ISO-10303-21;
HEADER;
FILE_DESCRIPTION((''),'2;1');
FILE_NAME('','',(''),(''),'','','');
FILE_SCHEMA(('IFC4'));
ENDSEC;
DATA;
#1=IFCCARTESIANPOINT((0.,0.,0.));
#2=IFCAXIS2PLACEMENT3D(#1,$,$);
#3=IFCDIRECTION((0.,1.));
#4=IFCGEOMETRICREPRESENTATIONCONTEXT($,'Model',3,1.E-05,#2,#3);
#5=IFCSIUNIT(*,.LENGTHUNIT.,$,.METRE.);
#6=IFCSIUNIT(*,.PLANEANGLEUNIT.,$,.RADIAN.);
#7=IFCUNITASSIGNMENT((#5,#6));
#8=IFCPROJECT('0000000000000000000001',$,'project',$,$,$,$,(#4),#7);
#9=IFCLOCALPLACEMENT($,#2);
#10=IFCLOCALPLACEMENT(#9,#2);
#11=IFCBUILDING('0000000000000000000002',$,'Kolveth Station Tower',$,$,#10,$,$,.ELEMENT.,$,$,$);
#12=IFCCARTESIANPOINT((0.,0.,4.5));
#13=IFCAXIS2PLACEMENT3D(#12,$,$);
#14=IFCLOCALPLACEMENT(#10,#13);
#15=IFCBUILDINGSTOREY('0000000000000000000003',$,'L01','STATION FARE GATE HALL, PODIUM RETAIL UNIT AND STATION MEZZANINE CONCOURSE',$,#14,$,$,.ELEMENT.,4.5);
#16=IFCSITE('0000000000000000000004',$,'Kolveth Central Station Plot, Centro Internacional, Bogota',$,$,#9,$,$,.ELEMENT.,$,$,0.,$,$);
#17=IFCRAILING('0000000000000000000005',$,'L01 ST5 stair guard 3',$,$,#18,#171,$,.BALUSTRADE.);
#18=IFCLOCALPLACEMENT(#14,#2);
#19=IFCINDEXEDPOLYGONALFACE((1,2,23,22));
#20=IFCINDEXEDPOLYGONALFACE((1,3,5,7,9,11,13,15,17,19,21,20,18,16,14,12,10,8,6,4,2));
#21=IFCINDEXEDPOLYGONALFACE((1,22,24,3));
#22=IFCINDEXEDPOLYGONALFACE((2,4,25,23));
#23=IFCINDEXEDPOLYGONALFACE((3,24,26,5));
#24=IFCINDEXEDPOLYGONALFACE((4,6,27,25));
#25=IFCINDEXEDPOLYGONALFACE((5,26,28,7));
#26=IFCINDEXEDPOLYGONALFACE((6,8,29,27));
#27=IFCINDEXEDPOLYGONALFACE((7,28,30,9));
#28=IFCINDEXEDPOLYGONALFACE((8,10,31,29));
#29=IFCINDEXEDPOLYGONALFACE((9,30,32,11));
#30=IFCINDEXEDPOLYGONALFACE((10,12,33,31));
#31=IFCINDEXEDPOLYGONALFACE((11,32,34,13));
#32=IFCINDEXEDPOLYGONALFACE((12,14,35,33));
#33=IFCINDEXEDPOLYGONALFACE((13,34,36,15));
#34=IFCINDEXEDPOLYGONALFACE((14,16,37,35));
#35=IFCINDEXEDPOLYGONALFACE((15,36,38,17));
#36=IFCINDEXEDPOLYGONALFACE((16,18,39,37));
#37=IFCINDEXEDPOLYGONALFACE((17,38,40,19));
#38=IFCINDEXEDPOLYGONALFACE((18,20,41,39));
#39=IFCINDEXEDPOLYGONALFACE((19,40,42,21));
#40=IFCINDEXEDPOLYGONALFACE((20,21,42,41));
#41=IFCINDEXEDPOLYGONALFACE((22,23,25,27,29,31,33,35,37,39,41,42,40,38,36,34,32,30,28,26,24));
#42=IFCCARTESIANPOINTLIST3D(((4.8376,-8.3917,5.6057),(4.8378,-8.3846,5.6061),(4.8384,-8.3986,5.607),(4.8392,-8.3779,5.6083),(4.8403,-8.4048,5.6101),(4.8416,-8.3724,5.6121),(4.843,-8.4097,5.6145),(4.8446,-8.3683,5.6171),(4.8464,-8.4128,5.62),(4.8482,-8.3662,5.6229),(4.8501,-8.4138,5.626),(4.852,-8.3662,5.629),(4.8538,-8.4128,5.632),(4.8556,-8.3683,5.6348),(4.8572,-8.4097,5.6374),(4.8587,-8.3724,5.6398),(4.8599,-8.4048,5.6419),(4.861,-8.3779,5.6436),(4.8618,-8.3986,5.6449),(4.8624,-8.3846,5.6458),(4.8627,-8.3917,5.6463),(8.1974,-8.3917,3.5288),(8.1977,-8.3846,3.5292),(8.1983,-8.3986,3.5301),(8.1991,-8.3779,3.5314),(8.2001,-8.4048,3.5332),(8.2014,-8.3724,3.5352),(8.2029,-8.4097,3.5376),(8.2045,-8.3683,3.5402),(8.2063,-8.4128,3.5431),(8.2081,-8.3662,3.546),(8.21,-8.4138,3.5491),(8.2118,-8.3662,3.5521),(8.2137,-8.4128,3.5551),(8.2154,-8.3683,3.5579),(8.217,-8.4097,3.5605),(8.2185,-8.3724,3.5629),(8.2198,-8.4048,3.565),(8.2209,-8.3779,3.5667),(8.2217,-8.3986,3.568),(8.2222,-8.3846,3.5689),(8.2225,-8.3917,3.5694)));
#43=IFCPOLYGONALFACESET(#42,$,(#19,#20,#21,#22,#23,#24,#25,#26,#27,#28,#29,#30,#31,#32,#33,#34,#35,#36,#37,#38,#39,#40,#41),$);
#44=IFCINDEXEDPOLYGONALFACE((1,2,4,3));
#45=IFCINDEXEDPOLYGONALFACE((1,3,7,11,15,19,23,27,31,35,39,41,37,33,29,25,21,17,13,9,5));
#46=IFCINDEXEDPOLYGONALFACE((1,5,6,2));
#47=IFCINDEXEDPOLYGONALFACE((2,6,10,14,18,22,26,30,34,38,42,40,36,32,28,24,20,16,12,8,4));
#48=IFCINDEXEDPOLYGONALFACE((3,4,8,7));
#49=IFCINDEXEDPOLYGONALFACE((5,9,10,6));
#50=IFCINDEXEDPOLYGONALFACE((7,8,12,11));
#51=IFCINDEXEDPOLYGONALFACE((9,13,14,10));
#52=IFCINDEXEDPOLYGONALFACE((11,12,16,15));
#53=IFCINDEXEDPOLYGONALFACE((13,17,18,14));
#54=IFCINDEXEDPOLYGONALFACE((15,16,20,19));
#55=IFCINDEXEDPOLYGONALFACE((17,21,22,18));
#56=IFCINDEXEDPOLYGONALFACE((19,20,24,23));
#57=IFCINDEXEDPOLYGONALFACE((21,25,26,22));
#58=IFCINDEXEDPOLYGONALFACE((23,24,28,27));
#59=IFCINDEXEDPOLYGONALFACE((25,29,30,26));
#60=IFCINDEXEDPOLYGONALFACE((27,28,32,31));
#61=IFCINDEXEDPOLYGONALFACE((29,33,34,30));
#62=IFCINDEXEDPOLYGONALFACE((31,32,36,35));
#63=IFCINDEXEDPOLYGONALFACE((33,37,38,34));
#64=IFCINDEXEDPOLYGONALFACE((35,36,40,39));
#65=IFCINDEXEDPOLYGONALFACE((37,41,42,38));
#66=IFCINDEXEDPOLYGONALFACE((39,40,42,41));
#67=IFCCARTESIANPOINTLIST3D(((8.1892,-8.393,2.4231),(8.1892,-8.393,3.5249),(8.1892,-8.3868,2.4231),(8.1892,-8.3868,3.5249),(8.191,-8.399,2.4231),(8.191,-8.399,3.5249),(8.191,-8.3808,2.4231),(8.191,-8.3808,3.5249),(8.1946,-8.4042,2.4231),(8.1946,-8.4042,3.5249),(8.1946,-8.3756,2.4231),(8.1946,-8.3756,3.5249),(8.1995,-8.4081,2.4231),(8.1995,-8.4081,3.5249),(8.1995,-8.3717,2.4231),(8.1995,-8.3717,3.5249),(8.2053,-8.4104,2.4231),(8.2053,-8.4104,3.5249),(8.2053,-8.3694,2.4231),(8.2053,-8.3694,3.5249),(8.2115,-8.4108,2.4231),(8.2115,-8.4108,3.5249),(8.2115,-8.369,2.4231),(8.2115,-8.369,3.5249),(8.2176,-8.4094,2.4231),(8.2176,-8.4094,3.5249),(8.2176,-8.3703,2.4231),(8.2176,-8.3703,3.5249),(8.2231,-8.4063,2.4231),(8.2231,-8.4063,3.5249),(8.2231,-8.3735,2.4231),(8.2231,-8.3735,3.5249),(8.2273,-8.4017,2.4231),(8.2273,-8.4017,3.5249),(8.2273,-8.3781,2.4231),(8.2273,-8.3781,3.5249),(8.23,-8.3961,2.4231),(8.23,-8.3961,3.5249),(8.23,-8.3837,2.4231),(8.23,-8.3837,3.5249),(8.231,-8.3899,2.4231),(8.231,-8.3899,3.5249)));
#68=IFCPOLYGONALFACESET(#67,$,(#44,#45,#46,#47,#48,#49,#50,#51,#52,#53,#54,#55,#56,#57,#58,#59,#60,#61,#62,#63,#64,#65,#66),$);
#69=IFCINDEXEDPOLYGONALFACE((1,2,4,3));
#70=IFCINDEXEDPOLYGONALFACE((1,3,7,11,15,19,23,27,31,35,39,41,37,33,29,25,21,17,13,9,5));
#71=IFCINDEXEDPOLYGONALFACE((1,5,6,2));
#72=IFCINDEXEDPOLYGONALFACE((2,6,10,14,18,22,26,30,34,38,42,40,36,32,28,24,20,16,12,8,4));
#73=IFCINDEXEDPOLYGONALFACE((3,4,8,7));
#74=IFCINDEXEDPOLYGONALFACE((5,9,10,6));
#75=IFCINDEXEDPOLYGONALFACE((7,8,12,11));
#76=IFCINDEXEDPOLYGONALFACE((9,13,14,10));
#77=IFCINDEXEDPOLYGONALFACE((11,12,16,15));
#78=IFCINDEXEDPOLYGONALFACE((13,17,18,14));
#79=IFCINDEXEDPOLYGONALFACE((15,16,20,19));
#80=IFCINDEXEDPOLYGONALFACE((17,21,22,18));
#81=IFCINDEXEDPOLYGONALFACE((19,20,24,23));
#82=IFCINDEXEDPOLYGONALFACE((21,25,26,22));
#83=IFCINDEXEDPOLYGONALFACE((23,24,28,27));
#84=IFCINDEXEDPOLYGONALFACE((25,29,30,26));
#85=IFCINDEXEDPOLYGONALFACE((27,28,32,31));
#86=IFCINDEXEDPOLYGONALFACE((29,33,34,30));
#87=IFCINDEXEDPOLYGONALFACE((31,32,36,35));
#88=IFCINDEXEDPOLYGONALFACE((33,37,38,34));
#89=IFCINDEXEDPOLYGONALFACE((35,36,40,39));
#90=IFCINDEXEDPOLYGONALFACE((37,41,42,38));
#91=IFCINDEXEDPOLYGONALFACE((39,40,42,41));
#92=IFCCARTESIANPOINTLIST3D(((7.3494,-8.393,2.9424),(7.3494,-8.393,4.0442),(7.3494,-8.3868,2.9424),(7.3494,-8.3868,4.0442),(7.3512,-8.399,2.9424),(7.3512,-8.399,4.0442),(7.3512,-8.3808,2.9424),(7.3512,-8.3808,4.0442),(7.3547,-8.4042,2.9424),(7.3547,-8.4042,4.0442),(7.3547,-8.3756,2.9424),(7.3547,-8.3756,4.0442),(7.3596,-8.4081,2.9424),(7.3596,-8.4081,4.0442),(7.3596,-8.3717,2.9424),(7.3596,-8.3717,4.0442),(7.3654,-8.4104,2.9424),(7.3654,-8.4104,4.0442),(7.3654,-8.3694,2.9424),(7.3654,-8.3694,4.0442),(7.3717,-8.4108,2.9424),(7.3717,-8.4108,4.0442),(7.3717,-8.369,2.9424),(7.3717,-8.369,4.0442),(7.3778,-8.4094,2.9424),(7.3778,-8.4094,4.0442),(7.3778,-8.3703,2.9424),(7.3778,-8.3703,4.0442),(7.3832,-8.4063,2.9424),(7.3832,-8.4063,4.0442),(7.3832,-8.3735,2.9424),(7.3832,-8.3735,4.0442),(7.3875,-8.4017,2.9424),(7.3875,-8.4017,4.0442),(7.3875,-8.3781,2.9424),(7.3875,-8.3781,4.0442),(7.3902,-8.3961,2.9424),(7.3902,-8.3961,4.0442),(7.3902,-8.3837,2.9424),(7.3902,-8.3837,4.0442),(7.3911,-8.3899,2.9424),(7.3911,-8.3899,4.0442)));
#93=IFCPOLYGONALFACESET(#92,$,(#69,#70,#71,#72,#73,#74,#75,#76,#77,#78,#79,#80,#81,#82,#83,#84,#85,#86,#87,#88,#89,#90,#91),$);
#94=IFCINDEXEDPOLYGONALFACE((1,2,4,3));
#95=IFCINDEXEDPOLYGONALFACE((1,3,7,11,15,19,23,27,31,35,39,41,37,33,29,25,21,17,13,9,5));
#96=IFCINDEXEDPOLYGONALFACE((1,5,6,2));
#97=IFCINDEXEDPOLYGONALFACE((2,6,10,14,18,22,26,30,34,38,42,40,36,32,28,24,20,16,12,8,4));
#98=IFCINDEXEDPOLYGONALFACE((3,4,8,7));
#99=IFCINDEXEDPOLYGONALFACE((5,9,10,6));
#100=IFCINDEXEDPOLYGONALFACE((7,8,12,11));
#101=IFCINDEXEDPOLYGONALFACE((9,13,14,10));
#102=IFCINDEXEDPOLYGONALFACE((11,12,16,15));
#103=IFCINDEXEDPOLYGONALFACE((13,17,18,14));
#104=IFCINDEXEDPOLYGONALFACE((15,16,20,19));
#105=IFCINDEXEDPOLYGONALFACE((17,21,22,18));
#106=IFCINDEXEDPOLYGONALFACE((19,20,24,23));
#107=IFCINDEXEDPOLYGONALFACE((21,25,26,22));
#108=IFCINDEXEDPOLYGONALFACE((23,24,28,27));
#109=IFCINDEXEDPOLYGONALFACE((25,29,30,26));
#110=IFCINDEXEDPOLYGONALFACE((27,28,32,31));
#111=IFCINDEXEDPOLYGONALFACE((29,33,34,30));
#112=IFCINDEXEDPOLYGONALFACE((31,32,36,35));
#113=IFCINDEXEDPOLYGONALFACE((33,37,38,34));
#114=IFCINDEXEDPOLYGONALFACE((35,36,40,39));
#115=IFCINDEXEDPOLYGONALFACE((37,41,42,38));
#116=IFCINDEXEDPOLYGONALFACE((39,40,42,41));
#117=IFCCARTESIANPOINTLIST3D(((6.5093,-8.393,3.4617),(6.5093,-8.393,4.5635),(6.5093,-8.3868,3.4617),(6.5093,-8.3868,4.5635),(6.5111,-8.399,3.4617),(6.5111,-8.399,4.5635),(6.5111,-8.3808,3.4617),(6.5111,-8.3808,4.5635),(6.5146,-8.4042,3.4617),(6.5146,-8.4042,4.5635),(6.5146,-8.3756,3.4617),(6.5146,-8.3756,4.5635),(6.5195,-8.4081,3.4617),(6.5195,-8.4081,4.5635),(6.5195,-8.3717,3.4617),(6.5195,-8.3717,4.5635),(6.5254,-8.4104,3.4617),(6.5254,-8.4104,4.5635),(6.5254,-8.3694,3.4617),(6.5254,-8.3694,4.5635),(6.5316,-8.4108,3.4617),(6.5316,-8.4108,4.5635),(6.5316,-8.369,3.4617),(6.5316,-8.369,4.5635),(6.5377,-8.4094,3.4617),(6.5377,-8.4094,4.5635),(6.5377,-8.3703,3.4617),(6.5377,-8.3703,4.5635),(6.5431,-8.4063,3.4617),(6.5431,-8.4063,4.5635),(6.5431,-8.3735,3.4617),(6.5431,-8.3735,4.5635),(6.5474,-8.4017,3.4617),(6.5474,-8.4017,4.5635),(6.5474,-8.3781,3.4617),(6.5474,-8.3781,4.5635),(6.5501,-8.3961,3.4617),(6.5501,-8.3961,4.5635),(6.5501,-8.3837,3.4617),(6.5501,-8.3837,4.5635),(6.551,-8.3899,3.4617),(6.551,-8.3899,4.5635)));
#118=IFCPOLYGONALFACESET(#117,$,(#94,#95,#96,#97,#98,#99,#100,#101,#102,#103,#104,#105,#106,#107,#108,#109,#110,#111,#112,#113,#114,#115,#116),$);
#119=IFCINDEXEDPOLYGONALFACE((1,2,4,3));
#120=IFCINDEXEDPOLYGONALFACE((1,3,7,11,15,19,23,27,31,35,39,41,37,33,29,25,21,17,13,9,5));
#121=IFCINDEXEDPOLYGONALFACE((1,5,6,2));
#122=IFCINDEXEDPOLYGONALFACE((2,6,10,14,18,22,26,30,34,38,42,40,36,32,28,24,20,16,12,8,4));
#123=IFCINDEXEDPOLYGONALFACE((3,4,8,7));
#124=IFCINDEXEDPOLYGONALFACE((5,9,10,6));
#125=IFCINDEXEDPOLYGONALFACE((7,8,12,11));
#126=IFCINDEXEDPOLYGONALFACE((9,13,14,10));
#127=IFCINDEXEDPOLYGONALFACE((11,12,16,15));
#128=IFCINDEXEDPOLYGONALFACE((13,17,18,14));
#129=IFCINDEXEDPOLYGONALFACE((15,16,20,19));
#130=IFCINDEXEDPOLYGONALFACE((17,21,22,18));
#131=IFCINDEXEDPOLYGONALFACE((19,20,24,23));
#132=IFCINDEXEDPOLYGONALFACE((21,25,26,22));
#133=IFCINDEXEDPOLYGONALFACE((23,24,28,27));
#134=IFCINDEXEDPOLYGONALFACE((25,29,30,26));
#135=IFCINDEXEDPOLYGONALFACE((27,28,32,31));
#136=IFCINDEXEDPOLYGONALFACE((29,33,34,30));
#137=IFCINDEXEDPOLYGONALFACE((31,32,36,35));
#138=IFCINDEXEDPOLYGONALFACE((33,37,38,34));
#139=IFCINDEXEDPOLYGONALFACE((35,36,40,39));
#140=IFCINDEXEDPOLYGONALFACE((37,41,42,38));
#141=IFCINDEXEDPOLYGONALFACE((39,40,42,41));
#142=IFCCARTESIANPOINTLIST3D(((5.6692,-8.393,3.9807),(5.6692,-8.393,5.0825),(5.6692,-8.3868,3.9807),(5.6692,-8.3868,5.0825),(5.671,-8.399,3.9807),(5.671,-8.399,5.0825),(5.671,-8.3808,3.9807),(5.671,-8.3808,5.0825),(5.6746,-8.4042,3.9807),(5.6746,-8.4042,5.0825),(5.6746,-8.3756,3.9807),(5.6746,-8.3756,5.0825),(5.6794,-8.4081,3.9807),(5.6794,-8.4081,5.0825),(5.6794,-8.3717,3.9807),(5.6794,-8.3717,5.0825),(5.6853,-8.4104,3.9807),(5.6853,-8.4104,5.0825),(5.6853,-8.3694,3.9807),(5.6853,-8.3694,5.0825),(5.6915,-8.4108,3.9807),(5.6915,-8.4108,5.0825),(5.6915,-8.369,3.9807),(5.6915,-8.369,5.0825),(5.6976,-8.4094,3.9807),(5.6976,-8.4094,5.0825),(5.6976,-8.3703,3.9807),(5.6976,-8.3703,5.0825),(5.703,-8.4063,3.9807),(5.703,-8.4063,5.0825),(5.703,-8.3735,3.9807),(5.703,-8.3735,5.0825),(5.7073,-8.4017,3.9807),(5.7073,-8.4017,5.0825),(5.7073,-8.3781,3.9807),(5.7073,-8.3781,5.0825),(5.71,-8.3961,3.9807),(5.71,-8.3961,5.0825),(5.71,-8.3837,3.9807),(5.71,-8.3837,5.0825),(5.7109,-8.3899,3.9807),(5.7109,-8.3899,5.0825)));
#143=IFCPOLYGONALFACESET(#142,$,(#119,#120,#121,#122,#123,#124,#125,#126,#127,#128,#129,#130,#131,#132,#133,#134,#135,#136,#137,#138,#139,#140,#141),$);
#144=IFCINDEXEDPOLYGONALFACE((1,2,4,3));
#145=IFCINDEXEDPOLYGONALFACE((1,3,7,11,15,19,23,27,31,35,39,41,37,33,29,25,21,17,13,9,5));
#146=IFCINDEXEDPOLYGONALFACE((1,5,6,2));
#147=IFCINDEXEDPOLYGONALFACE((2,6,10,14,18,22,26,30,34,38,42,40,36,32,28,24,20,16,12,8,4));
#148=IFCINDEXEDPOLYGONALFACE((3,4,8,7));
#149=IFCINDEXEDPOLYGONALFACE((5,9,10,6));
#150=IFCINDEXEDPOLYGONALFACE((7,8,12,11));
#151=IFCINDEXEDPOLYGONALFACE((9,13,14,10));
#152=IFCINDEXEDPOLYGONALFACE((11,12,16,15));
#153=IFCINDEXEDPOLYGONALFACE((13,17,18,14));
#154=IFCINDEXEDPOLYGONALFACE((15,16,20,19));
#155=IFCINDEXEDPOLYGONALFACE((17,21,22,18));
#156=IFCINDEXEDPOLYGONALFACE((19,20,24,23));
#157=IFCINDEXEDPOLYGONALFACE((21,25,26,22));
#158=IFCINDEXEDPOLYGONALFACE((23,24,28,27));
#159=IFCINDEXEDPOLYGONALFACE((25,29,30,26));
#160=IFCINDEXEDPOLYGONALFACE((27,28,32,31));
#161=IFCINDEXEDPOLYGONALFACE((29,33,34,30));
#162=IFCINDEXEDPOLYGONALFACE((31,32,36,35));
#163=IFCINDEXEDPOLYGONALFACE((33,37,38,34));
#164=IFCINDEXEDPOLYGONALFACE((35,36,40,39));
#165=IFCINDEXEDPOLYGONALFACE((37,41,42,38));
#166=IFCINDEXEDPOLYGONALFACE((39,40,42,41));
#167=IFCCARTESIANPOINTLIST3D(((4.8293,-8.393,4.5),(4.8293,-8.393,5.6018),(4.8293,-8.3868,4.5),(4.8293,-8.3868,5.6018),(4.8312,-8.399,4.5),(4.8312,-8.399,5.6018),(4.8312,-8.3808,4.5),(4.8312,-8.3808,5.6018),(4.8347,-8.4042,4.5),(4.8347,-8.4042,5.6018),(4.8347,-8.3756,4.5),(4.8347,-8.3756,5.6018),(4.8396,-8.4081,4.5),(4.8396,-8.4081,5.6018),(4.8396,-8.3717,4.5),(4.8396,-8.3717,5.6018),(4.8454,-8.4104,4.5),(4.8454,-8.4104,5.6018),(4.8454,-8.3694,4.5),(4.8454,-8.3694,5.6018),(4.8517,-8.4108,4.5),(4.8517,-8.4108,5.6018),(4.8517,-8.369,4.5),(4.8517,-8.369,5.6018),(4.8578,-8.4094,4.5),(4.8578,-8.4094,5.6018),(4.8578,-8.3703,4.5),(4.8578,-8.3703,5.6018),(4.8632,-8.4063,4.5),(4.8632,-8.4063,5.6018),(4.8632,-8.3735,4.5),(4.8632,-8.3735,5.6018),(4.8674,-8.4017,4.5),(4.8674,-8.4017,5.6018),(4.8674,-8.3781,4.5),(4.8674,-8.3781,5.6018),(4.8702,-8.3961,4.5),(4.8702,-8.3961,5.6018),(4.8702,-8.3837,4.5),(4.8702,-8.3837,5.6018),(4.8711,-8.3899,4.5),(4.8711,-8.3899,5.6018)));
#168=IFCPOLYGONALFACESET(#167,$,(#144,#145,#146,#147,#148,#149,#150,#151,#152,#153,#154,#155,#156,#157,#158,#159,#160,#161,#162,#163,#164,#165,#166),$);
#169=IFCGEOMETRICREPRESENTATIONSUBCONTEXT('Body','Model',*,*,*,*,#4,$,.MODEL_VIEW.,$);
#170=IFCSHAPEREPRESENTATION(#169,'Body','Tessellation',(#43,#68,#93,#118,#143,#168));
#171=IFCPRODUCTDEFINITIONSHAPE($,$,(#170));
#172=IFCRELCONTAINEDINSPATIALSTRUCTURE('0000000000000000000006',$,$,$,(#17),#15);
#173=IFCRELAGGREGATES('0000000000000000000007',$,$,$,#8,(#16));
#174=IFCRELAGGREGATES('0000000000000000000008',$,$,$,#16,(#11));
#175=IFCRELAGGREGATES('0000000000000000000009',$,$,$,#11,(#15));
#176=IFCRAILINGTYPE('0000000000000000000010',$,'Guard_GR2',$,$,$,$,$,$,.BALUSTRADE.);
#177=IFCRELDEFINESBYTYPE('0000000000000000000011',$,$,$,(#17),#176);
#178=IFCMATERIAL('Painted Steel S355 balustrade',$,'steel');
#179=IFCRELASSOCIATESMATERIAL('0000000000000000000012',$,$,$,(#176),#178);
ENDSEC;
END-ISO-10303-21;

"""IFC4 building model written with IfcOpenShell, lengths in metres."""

from ifc_helpers import new_model, si_unit, direction, frame, origin, origin_2d, place, context, subcontext, project, spatial, circle, extrude, material, type_object, element, save


model = new_model("IFC4")

# Units and contexts
model_context = context("Model", 3, precision=1e-05, world=origin(), true_north=direction((0.0, 1.0)))
body_context = subcontext(model_context, "Body", "Model", "MODEL_VIEW")
ifc_project = project(units=[si_unit("LENGTHUNIT", "METRE"), si_unit("PLANEANGLEUNIT", "RADIAN")], contexts=[model_context])

# Site, building, storey
site_placement = place(None, origin())
site = spatial("IfcSite", under=ifc_project, at=site_placement, Name="Kolveth Central Station Plot, Centro Internacional, Bogota", CompositionType="ELEMENT", RefElevation=0.0)
building_placement = place(site_placement, origin())
building = spatial("IfcBuilding", under=site, at=building_placement, Name="Kolveth Station Tower", CompositionType="ELEMENT")
storey_placement = place(building_placement, frame((0.0, 0.0, 4.5)))
storey = spatial("IfcBuildingStorey", under=building, at=storey_placement, Name="L01", Description="STATION FARE GATE HALL, PODIUM RETAIL UNIT AND STATION MEZZANINE CONCOURSE", CompositionType="ELEMENT", Elevation=4.5)

# Railing
ifc_material_1 = material(Name="Painted Steel S355 balustrade", Category="steel")
railing_type_1 = type_object("IfcRailingType", Name="Guard_GR2", PredefinedType="BALUSTRADE", material=ifc_material_1)
railing_1_placement = place(storey_placement, frame((8.21, -8.3899, 2.4231)))
element("IfcRailing", 1, at=railing_1_placement, inside=storey, type_object=railing_type_1, Name="L01 ST5 stair guard 3", PredefinedType="BALUSTRADE", context=body_context, shape_type="SweptSolid", body=[
    extrude(circle(Radius=0.0239, at=origin_2d()), frame((0.0, 0.0, 1.126), z_axis=(-0.850606, 0.0, 0.525803), x_axis=(0.0, -1.0, 0.0)), (0.0, 0.0, 1.0), 3.95),
    extrude(circle(Radius=0.021, at=origin_2d()), origin(), (0.0, 0.0, 1.0), 1.1018),
    extrude(circle(Radius=0.021, at=origin_2d()), frame((-0.8398, 0.0, 0.5193)), (0.0, 0.0, 1.0), 1.1018),
    extrude(circle(Radius=0.021, at=origin_2d()), frame((-1.6799, 0.0, 1.0386)), (0.0, 0.0, 1.0), 1.1018),
    extrude(circle(Radius=0.021, at=origin_2d()), frame((-2.52, 0.0, 1.5576)), (0.0, 0.0, 1.0), 1.1018),
    extrude(circle(Radius=0.021, at=origin_2d()), frame((-3.3599, 0.0, 2.0769)), (0.0, 0.0, 1.0), 1.1018),
])

save(model, "model.ifc")
